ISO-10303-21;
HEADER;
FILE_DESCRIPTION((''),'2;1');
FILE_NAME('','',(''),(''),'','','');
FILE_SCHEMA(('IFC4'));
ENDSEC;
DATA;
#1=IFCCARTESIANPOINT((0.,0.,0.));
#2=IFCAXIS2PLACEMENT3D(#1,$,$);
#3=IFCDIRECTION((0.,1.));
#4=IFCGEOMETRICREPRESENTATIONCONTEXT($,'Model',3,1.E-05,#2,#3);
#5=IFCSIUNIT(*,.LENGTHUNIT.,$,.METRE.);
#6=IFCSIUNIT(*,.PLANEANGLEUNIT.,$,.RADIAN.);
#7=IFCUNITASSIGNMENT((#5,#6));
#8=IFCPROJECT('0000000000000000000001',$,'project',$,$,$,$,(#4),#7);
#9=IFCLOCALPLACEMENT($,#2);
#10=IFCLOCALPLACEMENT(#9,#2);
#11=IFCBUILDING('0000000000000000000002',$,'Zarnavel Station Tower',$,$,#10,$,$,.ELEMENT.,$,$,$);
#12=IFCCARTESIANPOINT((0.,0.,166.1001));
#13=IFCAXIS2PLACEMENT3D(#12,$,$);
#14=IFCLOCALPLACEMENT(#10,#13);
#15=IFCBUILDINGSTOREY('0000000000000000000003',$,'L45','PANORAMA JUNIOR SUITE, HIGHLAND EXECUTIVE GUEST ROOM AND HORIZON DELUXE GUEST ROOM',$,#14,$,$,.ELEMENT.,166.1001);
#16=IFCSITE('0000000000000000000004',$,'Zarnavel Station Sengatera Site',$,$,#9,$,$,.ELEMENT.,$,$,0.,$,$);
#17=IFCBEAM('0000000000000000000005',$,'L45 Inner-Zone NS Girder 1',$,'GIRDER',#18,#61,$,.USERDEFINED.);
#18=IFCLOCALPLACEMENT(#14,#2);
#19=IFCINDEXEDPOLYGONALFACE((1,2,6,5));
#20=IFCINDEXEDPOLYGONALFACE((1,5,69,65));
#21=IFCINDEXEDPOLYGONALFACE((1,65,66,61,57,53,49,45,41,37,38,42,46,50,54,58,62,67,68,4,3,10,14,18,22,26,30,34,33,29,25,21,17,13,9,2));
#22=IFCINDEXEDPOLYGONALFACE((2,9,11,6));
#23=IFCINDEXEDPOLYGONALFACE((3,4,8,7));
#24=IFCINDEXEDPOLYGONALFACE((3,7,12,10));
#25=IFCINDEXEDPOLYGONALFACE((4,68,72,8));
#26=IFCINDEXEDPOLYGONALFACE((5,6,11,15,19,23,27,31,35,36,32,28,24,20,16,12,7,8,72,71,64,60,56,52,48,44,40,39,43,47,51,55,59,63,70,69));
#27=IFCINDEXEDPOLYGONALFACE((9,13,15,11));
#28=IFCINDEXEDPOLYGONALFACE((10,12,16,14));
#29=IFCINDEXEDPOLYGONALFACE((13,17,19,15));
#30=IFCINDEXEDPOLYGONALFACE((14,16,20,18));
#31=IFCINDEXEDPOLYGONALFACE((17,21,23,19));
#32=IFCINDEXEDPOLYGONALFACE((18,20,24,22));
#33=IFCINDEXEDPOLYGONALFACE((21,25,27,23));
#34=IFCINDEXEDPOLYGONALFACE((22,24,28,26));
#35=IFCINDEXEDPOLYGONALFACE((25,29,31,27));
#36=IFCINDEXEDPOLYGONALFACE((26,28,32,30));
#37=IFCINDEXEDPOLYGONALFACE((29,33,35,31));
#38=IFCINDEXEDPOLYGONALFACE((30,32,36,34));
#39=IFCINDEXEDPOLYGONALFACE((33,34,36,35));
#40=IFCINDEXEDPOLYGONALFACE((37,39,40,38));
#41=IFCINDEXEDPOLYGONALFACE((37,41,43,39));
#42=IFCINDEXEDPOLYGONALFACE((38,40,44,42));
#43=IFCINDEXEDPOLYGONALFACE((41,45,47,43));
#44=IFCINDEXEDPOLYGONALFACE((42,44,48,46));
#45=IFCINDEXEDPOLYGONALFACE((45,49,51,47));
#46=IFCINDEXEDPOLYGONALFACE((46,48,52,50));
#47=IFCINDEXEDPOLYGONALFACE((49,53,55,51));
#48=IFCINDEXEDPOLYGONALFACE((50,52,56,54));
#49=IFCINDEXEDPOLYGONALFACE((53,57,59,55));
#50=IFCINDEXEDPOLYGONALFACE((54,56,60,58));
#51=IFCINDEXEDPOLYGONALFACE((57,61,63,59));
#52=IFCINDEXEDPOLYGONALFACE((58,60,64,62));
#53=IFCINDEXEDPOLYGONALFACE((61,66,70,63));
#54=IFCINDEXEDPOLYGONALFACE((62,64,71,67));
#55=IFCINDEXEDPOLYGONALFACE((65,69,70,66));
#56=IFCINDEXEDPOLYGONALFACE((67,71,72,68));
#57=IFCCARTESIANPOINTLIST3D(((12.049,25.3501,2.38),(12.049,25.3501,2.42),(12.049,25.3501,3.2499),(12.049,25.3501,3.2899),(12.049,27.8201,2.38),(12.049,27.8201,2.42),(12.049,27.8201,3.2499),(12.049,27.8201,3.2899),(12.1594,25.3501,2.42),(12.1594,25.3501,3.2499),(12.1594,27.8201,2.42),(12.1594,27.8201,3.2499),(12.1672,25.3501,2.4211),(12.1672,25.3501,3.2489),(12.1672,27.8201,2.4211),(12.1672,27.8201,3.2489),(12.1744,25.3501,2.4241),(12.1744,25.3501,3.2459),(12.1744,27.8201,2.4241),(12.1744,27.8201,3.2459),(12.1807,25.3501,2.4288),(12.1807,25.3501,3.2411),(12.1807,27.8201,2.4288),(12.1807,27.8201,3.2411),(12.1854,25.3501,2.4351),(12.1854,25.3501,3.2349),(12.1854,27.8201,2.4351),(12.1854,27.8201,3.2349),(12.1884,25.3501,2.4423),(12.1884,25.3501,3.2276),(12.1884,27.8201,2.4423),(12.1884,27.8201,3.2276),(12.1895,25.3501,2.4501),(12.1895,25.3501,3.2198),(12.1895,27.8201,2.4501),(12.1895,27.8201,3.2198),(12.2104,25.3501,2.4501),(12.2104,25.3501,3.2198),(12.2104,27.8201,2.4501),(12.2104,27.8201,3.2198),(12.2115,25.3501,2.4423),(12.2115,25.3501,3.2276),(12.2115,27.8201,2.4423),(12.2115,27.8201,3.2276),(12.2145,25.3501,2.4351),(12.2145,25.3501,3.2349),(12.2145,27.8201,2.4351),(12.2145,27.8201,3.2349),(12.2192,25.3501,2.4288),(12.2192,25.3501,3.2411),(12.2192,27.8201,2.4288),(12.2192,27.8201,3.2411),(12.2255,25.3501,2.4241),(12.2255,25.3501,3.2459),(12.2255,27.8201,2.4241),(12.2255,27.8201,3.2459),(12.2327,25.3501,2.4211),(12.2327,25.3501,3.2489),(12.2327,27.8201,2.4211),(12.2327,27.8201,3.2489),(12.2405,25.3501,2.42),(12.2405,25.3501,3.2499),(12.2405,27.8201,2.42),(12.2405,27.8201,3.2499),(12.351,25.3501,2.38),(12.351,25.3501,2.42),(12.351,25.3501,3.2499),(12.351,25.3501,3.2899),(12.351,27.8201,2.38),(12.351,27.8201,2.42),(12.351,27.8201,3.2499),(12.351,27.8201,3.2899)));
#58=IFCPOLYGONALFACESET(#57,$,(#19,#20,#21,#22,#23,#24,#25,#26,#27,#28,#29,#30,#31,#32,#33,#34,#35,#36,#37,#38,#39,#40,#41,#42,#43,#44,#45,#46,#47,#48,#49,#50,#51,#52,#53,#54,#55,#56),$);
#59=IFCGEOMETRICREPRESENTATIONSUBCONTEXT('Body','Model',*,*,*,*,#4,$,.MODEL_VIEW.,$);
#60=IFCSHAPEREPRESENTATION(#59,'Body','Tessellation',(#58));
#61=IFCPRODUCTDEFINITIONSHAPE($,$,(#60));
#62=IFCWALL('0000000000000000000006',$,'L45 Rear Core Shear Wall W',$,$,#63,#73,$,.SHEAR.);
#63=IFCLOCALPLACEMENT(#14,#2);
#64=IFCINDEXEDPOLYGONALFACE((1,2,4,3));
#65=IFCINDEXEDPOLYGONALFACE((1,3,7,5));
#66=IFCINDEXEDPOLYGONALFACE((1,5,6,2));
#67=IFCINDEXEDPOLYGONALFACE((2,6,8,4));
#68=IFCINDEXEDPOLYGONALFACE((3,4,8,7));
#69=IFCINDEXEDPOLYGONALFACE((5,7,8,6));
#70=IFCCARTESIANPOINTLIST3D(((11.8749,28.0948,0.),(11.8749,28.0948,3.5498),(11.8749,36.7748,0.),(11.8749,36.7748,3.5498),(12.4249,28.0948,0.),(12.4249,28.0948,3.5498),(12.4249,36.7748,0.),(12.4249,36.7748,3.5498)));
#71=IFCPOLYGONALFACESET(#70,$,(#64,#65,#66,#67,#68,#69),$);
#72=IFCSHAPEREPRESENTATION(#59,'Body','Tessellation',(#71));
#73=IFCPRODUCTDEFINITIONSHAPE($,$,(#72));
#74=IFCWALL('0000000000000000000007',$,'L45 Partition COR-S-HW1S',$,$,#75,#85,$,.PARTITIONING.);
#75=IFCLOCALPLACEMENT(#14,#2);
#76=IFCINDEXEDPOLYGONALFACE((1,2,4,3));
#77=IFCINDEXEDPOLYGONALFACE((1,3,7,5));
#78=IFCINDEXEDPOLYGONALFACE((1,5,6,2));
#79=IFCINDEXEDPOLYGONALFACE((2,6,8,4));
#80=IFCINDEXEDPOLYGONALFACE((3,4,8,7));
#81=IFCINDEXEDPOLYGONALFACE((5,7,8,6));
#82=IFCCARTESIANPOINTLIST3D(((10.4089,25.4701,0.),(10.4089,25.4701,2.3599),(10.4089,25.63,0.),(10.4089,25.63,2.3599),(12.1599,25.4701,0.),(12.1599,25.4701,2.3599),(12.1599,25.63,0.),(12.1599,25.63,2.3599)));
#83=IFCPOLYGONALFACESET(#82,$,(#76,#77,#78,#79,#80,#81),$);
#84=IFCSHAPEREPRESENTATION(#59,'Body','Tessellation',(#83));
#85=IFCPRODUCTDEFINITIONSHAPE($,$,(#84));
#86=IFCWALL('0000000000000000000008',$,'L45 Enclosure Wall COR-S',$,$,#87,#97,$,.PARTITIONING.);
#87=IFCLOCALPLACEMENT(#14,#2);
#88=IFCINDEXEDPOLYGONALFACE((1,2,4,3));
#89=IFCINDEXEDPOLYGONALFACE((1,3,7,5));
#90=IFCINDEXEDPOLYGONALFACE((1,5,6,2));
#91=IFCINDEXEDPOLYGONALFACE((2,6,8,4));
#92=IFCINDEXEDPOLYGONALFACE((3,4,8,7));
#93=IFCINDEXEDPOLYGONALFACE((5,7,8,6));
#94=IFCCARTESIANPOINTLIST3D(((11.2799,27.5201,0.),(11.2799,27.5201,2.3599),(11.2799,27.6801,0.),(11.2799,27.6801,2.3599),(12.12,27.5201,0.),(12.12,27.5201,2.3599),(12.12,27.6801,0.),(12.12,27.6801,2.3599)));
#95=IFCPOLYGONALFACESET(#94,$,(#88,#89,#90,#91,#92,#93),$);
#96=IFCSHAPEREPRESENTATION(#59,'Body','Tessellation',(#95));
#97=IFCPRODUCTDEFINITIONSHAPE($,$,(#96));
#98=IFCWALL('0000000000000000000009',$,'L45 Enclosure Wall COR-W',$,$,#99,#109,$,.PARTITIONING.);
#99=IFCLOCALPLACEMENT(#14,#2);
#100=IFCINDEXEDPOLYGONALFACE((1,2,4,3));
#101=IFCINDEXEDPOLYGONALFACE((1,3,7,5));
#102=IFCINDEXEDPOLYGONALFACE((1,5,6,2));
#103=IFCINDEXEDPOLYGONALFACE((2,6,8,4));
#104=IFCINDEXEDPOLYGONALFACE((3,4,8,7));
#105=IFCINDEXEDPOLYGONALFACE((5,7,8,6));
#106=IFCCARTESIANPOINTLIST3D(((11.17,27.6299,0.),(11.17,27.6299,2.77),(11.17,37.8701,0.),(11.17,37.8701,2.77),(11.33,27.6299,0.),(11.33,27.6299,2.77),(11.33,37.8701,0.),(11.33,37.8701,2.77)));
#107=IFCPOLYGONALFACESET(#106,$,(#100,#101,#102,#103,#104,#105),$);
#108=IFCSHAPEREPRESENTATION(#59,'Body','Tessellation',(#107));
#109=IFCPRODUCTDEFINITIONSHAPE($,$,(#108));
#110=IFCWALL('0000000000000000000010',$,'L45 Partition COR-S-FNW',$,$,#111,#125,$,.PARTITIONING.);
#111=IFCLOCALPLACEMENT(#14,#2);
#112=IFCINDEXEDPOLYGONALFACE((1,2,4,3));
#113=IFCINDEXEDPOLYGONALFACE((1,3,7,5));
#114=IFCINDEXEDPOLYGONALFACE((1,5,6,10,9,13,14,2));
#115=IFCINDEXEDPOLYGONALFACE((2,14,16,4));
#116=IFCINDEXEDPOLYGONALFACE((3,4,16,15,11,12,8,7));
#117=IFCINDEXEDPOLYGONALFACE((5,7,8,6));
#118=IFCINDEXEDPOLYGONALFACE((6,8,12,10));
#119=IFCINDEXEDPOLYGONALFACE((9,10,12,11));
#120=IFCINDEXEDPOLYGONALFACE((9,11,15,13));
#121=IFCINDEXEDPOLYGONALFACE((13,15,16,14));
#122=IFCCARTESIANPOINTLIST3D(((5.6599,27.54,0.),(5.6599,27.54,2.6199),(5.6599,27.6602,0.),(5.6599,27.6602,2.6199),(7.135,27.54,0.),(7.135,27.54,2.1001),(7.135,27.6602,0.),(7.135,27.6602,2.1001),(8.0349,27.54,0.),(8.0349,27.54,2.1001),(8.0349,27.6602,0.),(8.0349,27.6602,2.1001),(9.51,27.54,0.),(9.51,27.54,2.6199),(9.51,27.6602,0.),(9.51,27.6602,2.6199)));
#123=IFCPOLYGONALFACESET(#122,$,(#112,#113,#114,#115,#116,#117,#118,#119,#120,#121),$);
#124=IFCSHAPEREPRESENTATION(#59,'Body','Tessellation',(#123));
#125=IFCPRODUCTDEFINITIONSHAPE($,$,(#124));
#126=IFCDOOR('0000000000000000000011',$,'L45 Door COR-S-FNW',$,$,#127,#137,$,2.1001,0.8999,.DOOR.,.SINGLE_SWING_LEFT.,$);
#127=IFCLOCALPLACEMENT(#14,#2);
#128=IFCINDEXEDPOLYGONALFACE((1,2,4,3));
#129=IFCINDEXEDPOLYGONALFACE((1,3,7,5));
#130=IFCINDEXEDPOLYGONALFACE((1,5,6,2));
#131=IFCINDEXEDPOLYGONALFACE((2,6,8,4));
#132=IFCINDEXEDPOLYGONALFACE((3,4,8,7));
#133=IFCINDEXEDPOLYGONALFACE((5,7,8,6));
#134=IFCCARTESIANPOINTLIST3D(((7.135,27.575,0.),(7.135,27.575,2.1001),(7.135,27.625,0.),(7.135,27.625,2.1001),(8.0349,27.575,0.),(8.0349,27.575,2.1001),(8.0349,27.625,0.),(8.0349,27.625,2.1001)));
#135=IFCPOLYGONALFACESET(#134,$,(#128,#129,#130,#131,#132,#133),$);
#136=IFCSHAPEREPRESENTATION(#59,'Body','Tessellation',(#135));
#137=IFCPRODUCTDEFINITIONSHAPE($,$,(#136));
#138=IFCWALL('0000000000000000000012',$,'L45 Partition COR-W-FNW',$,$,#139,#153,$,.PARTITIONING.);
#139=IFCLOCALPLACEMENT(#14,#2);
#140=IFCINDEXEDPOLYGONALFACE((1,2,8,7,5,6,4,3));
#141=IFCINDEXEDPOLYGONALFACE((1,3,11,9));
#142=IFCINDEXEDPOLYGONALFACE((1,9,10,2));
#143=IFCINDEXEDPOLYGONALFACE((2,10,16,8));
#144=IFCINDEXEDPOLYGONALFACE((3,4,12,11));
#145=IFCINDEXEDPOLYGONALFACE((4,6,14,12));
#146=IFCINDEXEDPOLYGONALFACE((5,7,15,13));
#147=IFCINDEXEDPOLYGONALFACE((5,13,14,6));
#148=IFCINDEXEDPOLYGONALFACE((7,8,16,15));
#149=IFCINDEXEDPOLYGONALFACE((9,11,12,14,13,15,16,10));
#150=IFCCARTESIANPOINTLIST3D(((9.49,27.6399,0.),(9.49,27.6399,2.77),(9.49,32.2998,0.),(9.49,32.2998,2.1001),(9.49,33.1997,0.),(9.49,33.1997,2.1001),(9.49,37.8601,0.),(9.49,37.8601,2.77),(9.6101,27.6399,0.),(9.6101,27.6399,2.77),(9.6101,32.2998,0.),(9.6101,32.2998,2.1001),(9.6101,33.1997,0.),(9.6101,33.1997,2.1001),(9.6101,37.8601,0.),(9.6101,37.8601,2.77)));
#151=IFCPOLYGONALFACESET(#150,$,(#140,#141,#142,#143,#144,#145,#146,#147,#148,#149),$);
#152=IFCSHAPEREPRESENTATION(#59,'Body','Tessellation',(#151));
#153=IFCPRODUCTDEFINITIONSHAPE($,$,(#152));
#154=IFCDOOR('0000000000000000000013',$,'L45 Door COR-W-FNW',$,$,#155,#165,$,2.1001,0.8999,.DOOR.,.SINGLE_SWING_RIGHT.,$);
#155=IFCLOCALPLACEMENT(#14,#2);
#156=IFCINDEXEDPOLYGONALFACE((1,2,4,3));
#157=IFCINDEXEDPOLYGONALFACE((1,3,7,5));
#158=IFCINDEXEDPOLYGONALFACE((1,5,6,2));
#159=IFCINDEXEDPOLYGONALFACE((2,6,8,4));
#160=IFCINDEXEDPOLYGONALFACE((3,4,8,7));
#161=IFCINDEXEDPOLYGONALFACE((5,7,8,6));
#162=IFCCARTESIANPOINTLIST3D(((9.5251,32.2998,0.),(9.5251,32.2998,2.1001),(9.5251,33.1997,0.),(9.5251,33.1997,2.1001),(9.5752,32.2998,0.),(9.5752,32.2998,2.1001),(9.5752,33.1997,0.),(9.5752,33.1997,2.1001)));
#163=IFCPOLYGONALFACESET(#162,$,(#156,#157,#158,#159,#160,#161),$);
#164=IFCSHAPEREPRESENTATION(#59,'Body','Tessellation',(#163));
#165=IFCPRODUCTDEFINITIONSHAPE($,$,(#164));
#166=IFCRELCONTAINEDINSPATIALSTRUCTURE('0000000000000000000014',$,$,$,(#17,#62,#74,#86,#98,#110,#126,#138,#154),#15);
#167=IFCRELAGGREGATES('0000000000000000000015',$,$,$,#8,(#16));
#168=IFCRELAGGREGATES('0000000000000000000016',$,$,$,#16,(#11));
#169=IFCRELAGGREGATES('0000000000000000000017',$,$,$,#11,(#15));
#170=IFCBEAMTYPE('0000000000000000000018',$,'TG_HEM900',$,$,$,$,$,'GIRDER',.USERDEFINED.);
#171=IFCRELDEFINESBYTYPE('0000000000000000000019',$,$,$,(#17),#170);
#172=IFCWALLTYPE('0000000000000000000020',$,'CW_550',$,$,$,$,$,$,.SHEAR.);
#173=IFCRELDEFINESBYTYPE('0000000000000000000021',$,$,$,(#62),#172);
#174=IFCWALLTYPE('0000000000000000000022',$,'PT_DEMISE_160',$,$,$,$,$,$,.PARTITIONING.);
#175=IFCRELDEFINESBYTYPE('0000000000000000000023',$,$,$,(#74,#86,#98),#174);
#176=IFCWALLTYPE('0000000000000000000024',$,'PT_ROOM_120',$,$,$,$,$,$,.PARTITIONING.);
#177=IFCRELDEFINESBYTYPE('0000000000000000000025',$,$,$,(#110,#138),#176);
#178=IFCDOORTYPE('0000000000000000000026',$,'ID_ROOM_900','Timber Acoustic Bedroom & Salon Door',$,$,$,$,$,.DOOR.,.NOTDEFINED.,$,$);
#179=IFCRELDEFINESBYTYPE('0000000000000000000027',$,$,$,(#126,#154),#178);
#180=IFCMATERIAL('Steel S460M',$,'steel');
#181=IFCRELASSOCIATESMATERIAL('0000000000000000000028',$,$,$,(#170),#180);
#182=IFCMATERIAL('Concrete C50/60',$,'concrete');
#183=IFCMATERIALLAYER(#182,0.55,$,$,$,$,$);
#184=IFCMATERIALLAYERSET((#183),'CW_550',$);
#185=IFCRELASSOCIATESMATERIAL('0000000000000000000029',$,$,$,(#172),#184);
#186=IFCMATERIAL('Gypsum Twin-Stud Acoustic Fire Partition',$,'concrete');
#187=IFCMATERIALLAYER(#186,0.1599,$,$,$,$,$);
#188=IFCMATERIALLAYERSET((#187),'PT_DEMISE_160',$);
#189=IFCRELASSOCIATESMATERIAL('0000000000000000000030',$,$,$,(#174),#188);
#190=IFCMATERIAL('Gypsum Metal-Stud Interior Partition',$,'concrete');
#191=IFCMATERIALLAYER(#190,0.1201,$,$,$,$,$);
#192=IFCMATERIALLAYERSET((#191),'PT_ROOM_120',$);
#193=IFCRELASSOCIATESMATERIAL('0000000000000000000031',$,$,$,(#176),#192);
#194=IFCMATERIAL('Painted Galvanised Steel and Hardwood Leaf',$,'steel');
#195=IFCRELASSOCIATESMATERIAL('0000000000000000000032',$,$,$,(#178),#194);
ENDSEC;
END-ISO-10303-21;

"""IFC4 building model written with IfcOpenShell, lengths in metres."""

from ifc_helpers import new_model, si_unit, direction, frame, frame_2d, origin, origin_2d, place, context, subcontext, project, spatial, rectangle, i_section, extrude, material, layer, layer_set, material_profile, profile_set, type_object, element, fill, save


model = new_model("IFC4")

# Units and contexts
model_context = context("Model", 3, precision=1e-05, world=origin(), true_north=direction((0.0, 1.0)))
body_context = subcontext(model_context, "Body", "Model", "MODEL_VIEW")
ifc_project = project(units=[si_unit("LENGTHUNIT", "METRE"), si_unit("PLANEANGLEUNIT", "RADIAN")], contexts=[model_context])

# Site, building, storey
site_placement = place(None, origin())
site = spatial("IfcSite", under=ifc_project, at=site_placement, Name="Zarnavel Station Sengatera Site", CompositionType="ELEMENT", RefElevation=0.0)
building_placement = place(site_placement, origin())
building = spatial("IfcBuilding", under=site, at=building_placement, Name="Zarnavel Station Tower", CompositionType="ELEMENT")
storey_placement = place(building_placement, frame((0.0, 0.0, 166.1001)))
storey = spatial("IfcBuildingStorey", under=building, at=storey_placement, Name="L45", Description="PANORAMA JUNIOR SUITE, HIGHLAND EXECUTIVE GUEST ROOM AND HORIZON DELUXE GUEST ROOM", CompositionType="ELEMENT", Elevation=166.1001)

# Beam
ifc_material_1 = material(Name="Steel S460M", Category="steel")
ifc_material_profile_1 = material_profile(ifc_material_1, i_section(OverallWidth=0.302, OverallDepth=0.9099, WebThickness=0.021, FlangeThickness=0.04, FilletRadius=0.03, at=origin_2d()), Name="HEM900")
ifc_profile_set_1 = profile_set([ifc_material_profile_1], Name="Steel S460M")
beam_type_1 = type_object("IfcBeamType", Name="TG_HEM900", ElementType="GIRDER", PredefinedType="USERDEFINED", material=ifc_profile_set_1)
beam_1_placement = place(storey_placement, frame((12.2, 25.3501, 2.835), z_axis=(0.0, 1.0, 0.0), x_axis=(-1.0, 0.0, 0.0)))
element("IfcBeam", 1, at=beam_1_placement, inside=storey, type_object=beam_type_1, Name="L45 Inner-Zone NS Girder 1", ObjectType="GIRDER", PredefinedType="USERDEFINED", context=body_context, shape_type="SweptSolid", body=[
    extrude(i_section(OverallWidth=0.302, OverallDepth=0.9099, WebThickness=0.021, FlangeThickness=0.04, FilletRadius=0.03, at=origin_2d()), origin(), (0.0, 0.0, 1.0), 2.47),
])

# Wall
ifc_material_2 = material(Name="Concrete C50/60", Category="concrete")
ifc_layer_1 = layer(ifc_material_2, 0.55)
ifc_layer_set_1 = layer_set([ifc_layer_1], Name="CW_550")
wall_type_1 = type_object("IfcWallType", Name="CW_550", PredefinedType="SHEAR", material=ifc_layer_set_1)
wall_1_placement = place(storey_placement, frame((12.1499, 28.095, 0.0), z_axis=(0.0, 0.0, 1.0), x_axis=(0.0, 1.0, 0.0)))
element("IfcWall", 2, at=wall_1_placement, inside=storey, type_object=wall_type_1, Name="L45 Rear Core Shear Wall W", PredefinedType="SHEAR", context=body_context, shape_type="SweptSolid", body=[
    extrude(rectangle(XDim=8.6799, YDim=0.55, at=frame_2d((4.3398, 0.0))), origin(), (0.0, 0.0, 1.0), 3.5498),
])

# Shared definitions
ifc_material_3 = material(Name="Gypsum Twin-Stud Acoustic Fire Partition", Category="concrete")
ifc_layer_2 = layer(ifc_material_3, 0.1599)
ifc_layer_set_2 = layer_set([ifc_layer_2], Name="PT_DEMISE_160")
wall_type_2 = type_object("IfcWallType", Name="PT_DEMISE_160", PredefinedType="PARTITIONING", material=ifc_layer_set_2)

# Wall
wall_2_placement = place(storey_placement, frame((10.4089, 25.55, 0.0), z_axis=(0.0, 0.0, 1.0), x_axis=(1.0, 0.0, 0.0)))
element("IfcWall", 3, at=wall_2_placement, inside=storey, type_object=wall_type_2, Name="L45 Partition COR-S-HW1S", PredefinedType="PARTITIONING", context=body_context, shape_type="SweptSolid", body=[
    extrude(rectangle(XDim=1.751, YDim=0.1599, at=frame_2d((0.8755, 0.0))), origin(), (0.0, 0.0, 1.0), 2.3599),
])

# Walls
wall_3_placement = place(storey_placement, frame((11.28, 27.6001, 0.0), z_axis=(0.0, 0.0, 1.0), x_axis=(1.0, 0.0, 0.0)))
element("IfcWall", 4, at=wall_3_placement, inside=storey, type_object=wall_type_2, Name="L45 Enclosure Wall COR-S", PredefinedType="PARTITIONING", context=body_context, shape_type="SweptSolid", body=[
    extrude(rectangle(XDim=0.8401, YDim=0.1599, at=frame_2d((0.4199, 0.0))), origin(), (0.0, 0.0, 1.0), 2.3599),
])
wall_4_placement = place(storey_placement, frame((11.25, 27.6299, 0.0), z_axis=(0.0, 0.0, 1.0), x_axis=(0.0, 1.0, 0.0)))
element("IfcWall", 5, at=wall_4_placement, inside=storey, type_object=wall_type_2, Name="L45 Enclosure Wall COR-W", PredefinedType="PARTITIONING", context=body_context, shape_type="SweptSolid", body=[
    extrude(rectangle(XDim=10.2402, YDim=0.1599, at=frame_2d((5.1201, 0.0))), origin(), (0.0, 0.0, 1.0), 2.77),
])

# Walls, openings, doors
ifc_material_4 = material(Name="Gypsum Metal-Stud Interior Partition", Category="concrete")
ifc_layer_3 = layer(ifc_material_4, 0.1201)
ifc_layer_set_3 = layer_set([ifc_layer_3], Name="PT_ROOM_120")
wall_type_3 = type_object("IfcWallType", Name="PT_ROOM_120", PredefinedType="PARTITIONING", material=ifc_layer_set_3)
wall_5_placement = place(storey_placement, frame((5.6599, 27.6001, 0.0), z_axis=(0.0, 0.0, 1.0), x_axis=(1.0, 0.0, 0.0)))
wall_5 = element("IfcWall", 6, at=wall_5_placement, inside=storey, type_object=wall_type_3, Name="L45 Partition COR-S-FNW", PredefinedType="PARTITIONING", context=body_context, shape_type="SweptSolid", body=[
    extrude(rectangle(XDim=3.8501, YDim=0.1201, at=frame_2d((1.925, 0.0))), origin(), (0.0, 0.0, 1.0), 2.6199),
])
opening_1_placement = place(wall_5_placement, frame((1.4751, 0.0, 0.0)))
opening_1 = element("IfcOpeningElement", 7, at=opening_1_placement, cuts=wall_5, PredefinedType="OPENING", context=body_context, shape_type="SweptSolid", body=[
    extrude(rectangle(XDim=0.8999, YDim=2.1001, at=frame_2d((0.45, 1.05))), frame((0.0, 0.0701, 0.0), z_axis=(0.0, -1.0, 0.0), x_axis=(1.0, 0.0, 0.0)), (0.0, 0.0, 1.0), 0.1401),
])
ifc_material_5 = material(Name="Painted Galvanised Steel and Hardwood Leaf", Category="steel")
door_type_1 = type_object("IfcDoorType", Name="ID_ROOM_900", Description="Timber Acoustic Bedroom & Salon Door", OperationType="NOTDEFINED", PredefinedType="DOOR", material=ifc_material_5)
door_1_placement = place(opening_1_placement, origin())
door_1 = element("IfcDoor", 8, at=door_1_placement, inside=storey, type_object=door_type_1, Name="L45 Door COR-S-FNW", OperationType="SINGLE_SWING_LEFT", OverallHeight=2.1001, OverallWidth=0.8999, PredefinedType="DOOR", context=body_context, shape_type="SweptSolid", body=[
    extrude(rectangle(XDim=0.8999, YDim=2.1001, at=frame_2d((0.45, 1.05))), frame((0.0, 0.0249, 0.0), z_axis=(0.0, -1.0, 0.0), x_axis=(1.0, 0.0, 0.0)), (0.0, 0.0, 1.0), 0.05),
])
fill(opening_1, door_1)
wall_6_placement = place(storey_placement, frame((9.55, 27.6399, 0.0), z_axis=(0.0, 0.0, 1.0), x_axis=(0.0, 1.0, 0.0)))
wall_6 = element("IfcWall", 9, at=wall_6_placement, inside=storey, type_object=wall_type_3, Name="L45 Partition COR-W-FNW", PredefinedType="PARTITIONING", context=body_context, shape_type="SweptSolid", body=[
    extrude(rectangle(XDim=10.2202, YDim=0.1201, at=frame_2d((5.1101, 0.0))), origin(), (0.0, 0.0, 1.0), 2.77),
])
opening_2_placement = place(wall_6_placement, frame((4.6599, 0.0, 0.0)))
opening_2 = element("IfcOpeningElement", 10, at=opening_2_placement, cuts=wall_6, PredefinedType="OPENING", context=body_context, shape_type="SweptSolid", body=[
    extrude(rectangle(XDim=0.8999, YDim=2.1001, at=frame_2d((0.45, 1.05))), frame((0.0, 0.0701, 0.0), z_axis=(0.0, -1.0, 0.0), x_axis=(1.0, 0.0, 0.0)), (0.0, 0.0, 1.0), 0.1401),
])
door_2_placement = place(opening_2_placement, origin())
door_2 = element("IfcDoor", 11, at=door_2_placement, inside=storey, type_object=door_type_1, Name="L45 Door COR-W-FNW", OperationType="SINGLE_SWING_RIGHT", OverallHeight=2.1001, OverallWidth=0.8999, PredefinedType="DOOR", context=body_context, shape_type="SweptSolid", body=[
    extrude(rectangle(XDim=0.8999, YDim=2.1001, at=frame_2d((0.45, 1.05))), frame((0.0, 0.0249, 0.0), z_axis=(0.0, -1.0, 0.0), x_axis=(1.0, 0.0, 0.0)), (0.0, 0.0, 1.0), 0.05),
])
fill(opening_2, door_2)

save(model, "model.ifc")
